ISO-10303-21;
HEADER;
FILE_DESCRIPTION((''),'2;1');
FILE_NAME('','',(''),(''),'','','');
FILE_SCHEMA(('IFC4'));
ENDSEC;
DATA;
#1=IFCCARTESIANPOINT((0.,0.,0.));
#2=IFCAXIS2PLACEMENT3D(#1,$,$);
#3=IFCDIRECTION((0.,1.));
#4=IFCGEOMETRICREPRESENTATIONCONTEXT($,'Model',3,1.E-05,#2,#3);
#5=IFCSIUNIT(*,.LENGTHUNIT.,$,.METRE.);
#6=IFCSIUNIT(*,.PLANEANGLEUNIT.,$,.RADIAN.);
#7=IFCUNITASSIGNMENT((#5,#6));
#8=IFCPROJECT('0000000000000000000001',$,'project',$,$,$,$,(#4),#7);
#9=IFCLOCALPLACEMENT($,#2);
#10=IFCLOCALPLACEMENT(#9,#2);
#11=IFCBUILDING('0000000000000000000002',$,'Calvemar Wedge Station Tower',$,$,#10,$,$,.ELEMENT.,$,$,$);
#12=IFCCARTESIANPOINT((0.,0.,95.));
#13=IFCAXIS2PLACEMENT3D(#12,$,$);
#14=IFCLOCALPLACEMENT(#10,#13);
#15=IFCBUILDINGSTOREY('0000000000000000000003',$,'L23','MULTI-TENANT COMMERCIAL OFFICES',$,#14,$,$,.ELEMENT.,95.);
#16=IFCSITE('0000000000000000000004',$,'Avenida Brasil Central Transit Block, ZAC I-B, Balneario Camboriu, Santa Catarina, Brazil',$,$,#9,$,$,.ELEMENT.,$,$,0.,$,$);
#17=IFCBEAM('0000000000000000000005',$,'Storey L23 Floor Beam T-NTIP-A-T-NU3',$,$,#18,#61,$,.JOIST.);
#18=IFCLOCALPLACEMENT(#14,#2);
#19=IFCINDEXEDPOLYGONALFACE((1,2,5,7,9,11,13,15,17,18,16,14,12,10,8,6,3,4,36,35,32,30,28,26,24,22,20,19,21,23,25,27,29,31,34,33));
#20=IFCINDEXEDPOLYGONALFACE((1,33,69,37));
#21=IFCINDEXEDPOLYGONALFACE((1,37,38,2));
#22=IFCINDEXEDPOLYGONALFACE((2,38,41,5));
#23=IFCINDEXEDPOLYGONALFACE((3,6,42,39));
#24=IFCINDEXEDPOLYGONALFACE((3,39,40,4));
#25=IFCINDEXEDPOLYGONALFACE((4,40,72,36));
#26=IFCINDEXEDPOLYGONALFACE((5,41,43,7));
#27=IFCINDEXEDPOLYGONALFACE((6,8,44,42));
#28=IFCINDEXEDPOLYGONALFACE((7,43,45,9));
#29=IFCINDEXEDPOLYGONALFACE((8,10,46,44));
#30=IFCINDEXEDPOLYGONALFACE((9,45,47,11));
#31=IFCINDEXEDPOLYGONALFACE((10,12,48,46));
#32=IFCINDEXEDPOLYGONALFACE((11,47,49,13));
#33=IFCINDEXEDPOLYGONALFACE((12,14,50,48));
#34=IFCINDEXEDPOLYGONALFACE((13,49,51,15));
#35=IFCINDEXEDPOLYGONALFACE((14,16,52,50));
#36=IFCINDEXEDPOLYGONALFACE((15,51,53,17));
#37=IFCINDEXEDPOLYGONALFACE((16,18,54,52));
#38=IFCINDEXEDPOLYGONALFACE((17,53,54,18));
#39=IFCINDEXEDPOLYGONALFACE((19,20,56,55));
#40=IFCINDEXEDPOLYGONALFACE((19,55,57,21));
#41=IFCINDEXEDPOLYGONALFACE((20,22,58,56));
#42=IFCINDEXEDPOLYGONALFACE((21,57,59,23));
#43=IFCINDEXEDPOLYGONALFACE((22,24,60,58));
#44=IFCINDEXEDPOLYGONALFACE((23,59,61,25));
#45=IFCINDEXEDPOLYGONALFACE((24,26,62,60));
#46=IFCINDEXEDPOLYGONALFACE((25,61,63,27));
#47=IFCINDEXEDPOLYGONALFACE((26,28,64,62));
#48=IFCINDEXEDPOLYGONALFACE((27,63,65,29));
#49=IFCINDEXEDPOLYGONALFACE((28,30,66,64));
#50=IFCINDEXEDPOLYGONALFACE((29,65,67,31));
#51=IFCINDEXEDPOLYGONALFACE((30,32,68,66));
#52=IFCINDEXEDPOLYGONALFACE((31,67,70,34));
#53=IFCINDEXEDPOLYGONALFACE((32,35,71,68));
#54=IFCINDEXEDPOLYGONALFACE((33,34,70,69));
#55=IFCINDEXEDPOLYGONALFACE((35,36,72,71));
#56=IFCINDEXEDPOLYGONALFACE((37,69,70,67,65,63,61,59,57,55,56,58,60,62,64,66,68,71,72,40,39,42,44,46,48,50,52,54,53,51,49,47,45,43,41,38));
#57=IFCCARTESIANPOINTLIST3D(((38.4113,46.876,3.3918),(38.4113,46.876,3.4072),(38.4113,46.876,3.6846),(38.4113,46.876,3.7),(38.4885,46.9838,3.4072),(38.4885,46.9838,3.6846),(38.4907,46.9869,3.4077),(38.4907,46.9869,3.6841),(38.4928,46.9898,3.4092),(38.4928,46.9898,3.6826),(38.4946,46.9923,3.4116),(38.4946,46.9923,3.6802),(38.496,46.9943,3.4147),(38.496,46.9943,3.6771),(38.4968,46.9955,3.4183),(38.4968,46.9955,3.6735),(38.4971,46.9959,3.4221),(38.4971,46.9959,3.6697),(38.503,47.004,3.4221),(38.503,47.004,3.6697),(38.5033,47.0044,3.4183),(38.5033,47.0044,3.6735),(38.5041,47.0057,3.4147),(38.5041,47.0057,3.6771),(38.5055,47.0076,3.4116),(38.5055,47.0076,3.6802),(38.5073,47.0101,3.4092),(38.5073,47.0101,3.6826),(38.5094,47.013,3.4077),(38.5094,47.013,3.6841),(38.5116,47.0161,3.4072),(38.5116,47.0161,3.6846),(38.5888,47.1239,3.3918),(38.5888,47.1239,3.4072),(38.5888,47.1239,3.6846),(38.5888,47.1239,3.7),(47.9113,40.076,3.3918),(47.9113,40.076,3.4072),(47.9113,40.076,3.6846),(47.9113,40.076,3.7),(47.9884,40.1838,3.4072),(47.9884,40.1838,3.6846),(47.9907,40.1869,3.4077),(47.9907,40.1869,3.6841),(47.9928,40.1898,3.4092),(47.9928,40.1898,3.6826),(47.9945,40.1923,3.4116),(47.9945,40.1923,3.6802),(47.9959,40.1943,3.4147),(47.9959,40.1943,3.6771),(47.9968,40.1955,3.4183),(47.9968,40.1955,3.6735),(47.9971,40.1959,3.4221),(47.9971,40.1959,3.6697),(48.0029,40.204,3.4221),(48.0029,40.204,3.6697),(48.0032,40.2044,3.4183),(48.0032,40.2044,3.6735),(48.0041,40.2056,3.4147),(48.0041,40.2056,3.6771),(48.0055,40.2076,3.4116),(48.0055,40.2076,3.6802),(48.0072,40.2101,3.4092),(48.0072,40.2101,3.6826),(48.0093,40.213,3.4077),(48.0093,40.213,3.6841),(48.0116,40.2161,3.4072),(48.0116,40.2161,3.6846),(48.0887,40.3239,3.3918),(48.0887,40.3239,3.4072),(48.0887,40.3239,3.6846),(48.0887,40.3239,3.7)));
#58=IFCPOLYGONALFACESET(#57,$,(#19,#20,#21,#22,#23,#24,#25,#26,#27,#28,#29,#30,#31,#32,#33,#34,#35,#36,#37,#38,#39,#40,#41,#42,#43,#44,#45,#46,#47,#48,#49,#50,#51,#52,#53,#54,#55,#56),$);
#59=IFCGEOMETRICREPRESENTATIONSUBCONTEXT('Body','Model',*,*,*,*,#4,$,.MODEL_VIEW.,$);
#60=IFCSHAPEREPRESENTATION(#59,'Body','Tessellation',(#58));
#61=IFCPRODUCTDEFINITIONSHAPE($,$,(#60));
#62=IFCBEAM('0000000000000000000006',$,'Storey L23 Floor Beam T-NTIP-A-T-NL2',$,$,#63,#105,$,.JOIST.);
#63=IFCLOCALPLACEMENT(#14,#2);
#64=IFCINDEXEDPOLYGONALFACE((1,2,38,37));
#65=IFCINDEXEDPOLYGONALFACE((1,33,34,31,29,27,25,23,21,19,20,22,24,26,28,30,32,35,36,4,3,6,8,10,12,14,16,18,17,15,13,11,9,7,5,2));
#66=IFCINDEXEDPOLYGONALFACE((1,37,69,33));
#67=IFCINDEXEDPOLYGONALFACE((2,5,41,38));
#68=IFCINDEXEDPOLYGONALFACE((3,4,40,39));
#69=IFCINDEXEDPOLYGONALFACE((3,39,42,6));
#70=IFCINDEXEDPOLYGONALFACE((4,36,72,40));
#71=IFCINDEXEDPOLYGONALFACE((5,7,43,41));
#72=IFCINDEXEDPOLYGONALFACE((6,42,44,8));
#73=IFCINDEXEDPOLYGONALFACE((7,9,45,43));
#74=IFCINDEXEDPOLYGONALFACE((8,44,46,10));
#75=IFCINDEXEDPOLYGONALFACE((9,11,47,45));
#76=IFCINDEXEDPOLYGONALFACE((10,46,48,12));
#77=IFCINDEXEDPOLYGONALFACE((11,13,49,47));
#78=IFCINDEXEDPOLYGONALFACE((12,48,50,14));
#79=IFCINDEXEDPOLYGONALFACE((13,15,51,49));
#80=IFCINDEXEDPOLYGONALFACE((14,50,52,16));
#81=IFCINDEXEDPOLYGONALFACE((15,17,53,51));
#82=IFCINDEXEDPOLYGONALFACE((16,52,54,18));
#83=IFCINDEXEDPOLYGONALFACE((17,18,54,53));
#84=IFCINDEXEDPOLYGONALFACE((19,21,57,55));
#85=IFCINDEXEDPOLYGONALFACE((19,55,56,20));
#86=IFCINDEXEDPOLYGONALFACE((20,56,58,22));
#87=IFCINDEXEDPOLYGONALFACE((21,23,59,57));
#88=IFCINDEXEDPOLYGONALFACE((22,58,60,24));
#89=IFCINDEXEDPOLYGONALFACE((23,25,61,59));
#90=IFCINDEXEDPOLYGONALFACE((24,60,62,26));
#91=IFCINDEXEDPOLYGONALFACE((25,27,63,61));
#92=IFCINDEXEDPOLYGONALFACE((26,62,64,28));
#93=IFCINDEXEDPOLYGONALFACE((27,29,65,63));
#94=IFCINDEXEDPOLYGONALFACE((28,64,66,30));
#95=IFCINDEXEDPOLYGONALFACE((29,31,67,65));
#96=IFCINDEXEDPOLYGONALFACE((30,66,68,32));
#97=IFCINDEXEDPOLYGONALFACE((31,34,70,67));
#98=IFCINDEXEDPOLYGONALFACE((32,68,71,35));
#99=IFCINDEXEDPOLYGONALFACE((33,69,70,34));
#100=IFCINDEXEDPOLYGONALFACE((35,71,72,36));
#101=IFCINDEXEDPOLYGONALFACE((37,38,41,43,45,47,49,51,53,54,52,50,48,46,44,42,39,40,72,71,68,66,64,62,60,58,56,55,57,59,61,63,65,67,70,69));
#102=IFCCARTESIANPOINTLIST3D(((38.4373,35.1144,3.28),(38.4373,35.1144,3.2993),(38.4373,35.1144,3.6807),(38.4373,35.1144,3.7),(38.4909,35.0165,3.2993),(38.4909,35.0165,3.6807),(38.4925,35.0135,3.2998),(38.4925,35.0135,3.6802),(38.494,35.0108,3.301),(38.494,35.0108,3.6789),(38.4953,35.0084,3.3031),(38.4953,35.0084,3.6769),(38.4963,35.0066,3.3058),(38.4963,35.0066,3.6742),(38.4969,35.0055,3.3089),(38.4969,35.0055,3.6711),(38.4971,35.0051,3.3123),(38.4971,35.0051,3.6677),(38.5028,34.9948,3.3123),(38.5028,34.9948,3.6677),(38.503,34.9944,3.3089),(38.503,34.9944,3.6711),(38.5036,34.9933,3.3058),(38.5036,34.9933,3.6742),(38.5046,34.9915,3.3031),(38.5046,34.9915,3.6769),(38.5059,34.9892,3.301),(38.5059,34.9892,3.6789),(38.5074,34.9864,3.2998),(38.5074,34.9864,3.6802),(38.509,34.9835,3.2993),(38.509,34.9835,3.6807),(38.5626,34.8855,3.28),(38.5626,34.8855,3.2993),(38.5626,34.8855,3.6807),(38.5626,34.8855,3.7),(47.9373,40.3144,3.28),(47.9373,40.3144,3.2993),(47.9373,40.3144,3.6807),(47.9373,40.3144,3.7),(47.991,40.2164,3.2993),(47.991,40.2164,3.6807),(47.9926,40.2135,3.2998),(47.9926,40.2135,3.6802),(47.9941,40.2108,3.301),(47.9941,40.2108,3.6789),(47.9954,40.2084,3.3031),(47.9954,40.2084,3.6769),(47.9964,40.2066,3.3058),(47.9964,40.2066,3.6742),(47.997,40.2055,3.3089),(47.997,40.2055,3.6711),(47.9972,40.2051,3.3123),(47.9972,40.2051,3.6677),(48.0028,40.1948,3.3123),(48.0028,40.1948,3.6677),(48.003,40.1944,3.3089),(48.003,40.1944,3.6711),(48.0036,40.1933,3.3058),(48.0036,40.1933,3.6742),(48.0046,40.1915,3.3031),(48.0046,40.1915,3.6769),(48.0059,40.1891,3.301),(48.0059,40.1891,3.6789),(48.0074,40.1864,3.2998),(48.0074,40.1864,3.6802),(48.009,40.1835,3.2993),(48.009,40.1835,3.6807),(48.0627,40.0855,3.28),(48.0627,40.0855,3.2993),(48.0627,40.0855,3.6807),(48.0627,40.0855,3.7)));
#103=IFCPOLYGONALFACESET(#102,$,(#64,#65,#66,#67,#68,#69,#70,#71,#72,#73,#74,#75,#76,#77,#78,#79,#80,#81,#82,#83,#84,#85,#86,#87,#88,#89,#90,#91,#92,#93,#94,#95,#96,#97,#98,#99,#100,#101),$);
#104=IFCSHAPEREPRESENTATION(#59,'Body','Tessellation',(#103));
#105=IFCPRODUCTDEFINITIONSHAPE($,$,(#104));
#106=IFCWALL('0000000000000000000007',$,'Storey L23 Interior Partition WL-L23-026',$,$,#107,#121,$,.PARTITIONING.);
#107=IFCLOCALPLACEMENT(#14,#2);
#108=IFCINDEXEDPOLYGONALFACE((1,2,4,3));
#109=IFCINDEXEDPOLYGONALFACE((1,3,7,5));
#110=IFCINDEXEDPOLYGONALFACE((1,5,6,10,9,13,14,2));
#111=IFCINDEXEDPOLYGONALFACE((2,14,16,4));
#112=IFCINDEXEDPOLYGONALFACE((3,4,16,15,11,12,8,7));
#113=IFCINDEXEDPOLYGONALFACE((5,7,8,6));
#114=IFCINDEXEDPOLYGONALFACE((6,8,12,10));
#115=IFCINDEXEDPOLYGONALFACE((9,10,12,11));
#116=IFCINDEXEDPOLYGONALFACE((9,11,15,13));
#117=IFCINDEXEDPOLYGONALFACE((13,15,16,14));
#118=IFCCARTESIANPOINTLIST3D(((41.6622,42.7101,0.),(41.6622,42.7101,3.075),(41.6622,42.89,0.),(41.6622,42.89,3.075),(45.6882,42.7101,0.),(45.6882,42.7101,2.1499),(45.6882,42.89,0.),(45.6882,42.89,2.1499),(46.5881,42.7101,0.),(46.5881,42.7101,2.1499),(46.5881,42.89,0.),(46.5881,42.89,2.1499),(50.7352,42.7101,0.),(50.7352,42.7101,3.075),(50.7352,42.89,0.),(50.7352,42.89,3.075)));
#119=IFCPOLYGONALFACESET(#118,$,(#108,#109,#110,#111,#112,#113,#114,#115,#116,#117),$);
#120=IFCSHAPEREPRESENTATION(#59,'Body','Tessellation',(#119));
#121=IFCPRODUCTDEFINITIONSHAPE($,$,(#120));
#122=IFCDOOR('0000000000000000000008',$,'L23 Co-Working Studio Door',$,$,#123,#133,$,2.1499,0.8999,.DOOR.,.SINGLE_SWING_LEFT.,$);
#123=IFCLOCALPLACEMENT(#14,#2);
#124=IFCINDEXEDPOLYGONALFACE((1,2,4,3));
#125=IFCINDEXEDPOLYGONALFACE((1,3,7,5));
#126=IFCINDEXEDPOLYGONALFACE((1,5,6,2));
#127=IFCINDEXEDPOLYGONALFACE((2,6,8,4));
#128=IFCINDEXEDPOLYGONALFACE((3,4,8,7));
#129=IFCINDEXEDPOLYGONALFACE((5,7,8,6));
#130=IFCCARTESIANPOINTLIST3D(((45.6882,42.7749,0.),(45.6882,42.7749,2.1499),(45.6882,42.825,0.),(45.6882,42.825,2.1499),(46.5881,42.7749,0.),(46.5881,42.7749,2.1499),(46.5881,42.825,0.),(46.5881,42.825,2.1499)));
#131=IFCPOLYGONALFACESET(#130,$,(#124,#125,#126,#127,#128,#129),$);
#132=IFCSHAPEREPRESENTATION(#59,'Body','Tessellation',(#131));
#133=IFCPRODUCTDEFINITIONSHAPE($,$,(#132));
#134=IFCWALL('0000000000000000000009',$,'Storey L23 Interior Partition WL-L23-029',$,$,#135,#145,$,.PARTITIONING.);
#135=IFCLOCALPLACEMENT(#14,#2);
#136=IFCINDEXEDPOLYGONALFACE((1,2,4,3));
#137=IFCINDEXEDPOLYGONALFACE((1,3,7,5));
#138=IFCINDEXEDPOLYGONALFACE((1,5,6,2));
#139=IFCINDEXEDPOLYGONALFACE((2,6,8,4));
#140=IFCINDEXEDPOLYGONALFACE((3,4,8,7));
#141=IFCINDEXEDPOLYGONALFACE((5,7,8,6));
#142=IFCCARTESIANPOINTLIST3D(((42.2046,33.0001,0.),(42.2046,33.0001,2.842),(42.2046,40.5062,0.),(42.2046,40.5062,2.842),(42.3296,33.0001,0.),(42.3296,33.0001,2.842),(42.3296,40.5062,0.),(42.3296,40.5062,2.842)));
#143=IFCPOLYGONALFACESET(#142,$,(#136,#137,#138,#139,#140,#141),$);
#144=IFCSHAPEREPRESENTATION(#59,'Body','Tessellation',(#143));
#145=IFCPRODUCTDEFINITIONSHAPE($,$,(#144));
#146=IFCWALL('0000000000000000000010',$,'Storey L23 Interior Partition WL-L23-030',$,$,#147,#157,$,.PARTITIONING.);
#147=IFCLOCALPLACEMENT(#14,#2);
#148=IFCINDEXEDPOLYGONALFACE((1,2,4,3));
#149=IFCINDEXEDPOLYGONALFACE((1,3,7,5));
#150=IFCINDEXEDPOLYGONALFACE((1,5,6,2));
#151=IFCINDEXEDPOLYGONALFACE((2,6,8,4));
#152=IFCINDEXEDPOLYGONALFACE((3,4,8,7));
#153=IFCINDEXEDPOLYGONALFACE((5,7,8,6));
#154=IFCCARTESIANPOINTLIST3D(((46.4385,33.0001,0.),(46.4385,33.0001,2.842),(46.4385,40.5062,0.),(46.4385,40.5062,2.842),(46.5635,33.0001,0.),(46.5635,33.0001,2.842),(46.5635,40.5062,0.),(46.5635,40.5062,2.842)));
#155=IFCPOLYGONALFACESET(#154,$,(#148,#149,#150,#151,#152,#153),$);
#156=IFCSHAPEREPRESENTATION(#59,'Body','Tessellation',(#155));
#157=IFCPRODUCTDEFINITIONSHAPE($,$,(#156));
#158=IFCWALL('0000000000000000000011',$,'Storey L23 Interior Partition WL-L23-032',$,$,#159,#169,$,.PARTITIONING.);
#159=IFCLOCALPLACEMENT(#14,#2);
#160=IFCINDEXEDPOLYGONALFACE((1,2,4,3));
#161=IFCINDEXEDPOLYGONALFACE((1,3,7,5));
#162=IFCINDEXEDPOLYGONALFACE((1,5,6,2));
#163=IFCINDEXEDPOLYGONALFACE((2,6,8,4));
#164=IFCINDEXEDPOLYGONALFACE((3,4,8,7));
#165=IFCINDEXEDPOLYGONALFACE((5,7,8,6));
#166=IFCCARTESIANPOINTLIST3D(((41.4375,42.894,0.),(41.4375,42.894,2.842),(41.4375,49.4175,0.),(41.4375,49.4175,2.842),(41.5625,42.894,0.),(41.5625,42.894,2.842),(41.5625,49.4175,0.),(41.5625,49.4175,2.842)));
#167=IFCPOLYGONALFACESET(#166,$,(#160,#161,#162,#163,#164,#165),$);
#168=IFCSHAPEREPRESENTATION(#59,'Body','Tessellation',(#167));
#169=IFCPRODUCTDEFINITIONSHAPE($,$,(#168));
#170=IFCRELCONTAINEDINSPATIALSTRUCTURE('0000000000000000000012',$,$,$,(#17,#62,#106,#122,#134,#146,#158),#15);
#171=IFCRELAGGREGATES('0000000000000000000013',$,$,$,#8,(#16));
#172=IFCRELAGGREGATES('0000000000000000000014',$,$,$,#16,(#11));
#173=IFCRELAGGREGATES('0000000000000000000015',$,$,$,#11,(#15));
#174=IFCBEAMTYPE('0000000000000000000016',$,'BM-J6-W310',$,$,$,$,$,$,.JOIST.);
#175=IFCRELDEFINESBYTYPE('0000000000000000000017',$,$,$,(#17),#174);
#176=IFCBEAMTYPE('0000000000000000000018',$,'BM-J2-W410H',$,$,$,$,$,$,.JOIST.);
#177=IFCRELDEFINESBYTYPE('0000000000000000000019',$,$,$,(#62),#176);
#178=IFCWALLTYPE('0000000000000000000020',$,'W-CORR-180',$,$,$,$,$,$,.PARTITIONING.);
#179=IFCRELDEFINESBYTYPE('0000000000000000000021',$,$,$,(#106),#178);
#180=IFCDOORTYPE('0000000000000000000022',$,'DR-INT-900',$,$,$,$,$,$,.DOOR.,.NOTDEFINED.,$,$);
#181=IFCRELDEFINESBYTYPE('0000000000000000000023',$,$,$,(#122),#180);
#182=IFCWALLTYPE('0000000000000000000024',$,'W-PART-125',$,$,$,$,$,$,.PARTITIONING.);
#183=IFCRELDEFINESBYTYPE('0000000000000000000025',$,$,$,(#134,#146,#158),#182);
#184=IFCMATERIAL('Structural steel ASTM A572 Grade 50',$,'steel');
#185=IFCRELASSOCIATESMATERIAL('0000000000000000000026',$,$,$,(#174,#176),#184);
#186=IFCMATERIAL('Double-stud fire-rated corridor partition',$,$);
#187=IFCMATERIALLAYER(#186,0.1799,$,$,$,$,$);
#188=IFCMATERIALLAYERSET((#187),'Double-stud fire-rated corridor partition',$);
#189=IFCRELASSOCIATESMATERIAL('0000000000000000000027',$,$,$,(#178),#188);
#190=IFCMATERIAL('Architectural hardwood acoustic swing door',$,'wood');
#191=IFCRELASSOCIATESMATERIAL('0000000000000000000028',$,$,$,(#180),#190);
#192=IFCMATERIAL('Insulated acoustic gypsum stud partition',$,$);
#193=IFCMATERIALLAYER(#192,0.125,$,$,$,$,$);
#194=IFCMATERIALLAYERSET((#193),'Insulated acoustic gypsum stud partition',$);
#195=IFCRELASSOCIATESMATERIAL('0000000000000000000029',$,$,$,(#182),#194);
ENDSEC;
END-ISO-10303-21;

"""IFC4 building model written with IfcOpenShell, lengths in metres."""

from ifc_helpers import new_model, si_unit, direction, frame, frame_2d, origin, origin_2d, place, context, subcontext, project, spatial, rectangle, i_section, extrude, source, transform, mapped, material, layer, layer_set, material_profile, profile_set, type_object, element, fill, save


model = new_model("IFC4")

# Units and contexts
model_context = context("Model", 3, precision=1e-05, world=origin(), true_north=direction((0.0, 1.0)))
body_context = subcontext(model_context, "Body", "Model", "MODEL_VIEW")
ifc_project = project(units=[si_unit("LENGTHUNIT", "METRE"), si_unit("PLANEANGLEUNIT", "RADIAN")], contexts=[model_context])

# Site, building, storey
site_placement = place(None, origin())
site = spatial("IfcSite", under=ifc_project, at=site_placement, Name="Avenida Brasil Central Transit Block, ZAC I-B, Balneario Camboriu, Santa Catarina, Brazil", CompositionType="ELEMENT", RefElevation=0.0)
building_placement = place(site_placement, origin())
building = spatial("IfcBuilding", under=site, at=building_placement, Name="Calvemar Wedge Station Tower", CompositionType="ELEMENT")
storey_placement = place(building_placement, frame((0.0, 0.0, 95.0)))
storey = spatial("IfcBuildingStorey", under=building, at=storey_placement, Name="L23", Description="MULTI-TENANT COMMERCIAL OFFICES", CompositionType="ELEMENT", Elevation=95.0)

# Shared definitions
ifc_material_1 = material(Name="Structural steel ASTM A572 Grade 50", Category="steel")

# Beams
ifc_material_profile_1 = material_profile(ifc_material_1, i_section(OverallWidth=0.3049, OverallDepth=0.3081, WebThickness=0.01, FlangeThickness=0.0154, FilletRadius=0.0149, at=origin_2d()), Name="W310x97")
ifc_profile_set_1 = profile_set([ifc_material_profile_1], Name="Structural steel ASTM A572 Grade 50")
beam_type_1 = type_object("IfcBeamType", Name="BM-J6-W310", PredefinedType="JOIST", material=ifc_profile_set_1)
shared_shape_1 = source(origin(), body_context, "Body", "SweptSolid", [
    extrude(i_section(OverallWidth=0.3049, OverallDepth=0.3081, WebThickness=0.01, FlangeThickness=0.0154, FilletRadius=0.0149, at=origin_2d()), origin(), (0.0, 0.0, 1.0), 11.6829),
])
beam_1_placement = place(storey_placement, frame((48.0, 40.2, 3.5459), z_axis=(-0.813153, 0.58205, 0.0), x_axis=(-0.58205, -0.813153, 0.0)))
element("IfcBeam", 1, at=beam_1_placement, inside=storey, type_object=beam_type_1, Name="Storey L23 Floor Beam T-NTIP-A-T-NU3", PredefinedType="JOIST", context=body_context, shape_type="MappedRepresentation", body=[
    mapped(shared_shape_1, transform((0.0, 0.0, 0.0), scale=1.0)),
])
ifc_material_profile_2 = material_profile(ifc_material_1, i_section(OverallWidth=0.261, OverallDepth=0.4199, WebThickness=0.0117, FlangeThickness=0.0193, FilletRadius=0.0129, at=origin_2d()), Name="W410x114")
ifc_profile_set_2 = profile_set([ifc_material_profile_2], Name="Structural steel ASTM A572 Grade 50")
beam_type_2 = type_object("IfcBeamType", Name="BM-J2-W410H", PredefinedType="JOIST", material=ifc_profile_set_2)
shared_shape_2 = source(origin(), body_context, "Body", "SweptSolid", [
    extrude(i_section(OverallWidth=0.261, OverallDepth=0.4199, WebThickness=0.0117, FlangeThickness=0.0193, FilletRadius=0.0129, at=origin_2d()), origin(), (0.0, 0.0, 1.0), 10.8301),
])
beam_2_placement = place(storey_placement, frame((48.0, 40.2, 3.49), z_axis=(-0.877191, -0.480142, 0.0), x_axis=(0.480142, -0.877191, 0.0)))
element("IfcBeam", 2, at=beam_2_placement, inside=storey, type_object=beam_type_2, Name="Storey L23 Floor Beam T-NTIP-A-T-NL2", PredefinedType="JOIST", context=body_context, shape_type="MappedRepresentation", body=[
    mapped(shared_shape_2, transform((0.0, 0.0, 0.0), scale=1.0)),
])

# Wall, opening, door
ifc_material_2 = material(Name="Double-stud fire-rated corridor partition")
ifc_layer_1 = layer(ifc_material_2, 0.1799)
ifc_layer_set_1 = layer_set([ifc_layer_1], Name="Double-stud fire-rated corridor partition")
wall_type_1 = type_object("IfcWallType", Name="W-CORR-180", PredefinedType="PARTITIONING", material=ifc_layer_set_1)
shared_shape_3 = source(origin(), body_context, "Body", "SweptSolid", [
    extrude(rectangle(XDim=0.8999, YDim=2.1499, at=frame_2d((0.45, 1.075))), frame((0.0, 0.1001, 0.0), z_axis=(0.0, -1.0, 0.0), x_axis=(1.0, 0.0, 0.0)), (0.0, 0.0, 1.0), 0.2),
])
ifc_material_3 = material(Name="Architectural hardwood acoustic swing door", Category="wood")
door_type = type_object("IfcDoorType", Name="DR-INT-900", OperationType="NOTDEFINED", PredefinedType="DOOR", material=ifc_material_3)
shared_shape_4 = source(origin(), body_context, "Body", "SweptSolid", [
    extrude(rectangle(XDim=0.8999, YDim=2.1499, at=frame_2d((0.45, 1.075))), frame((0.0, 0.0249, 0.0), z_axis=(0.0, -1.0, 0.0), x_axis=(1.0, 0.0, 0.0)), (0.0, 0.0, 1.0), 0.05),
])
wall_1_placement = place(storey_placement, frame((41.6621, 42.8, 0.0), z_axis=(0.0, 0.0, 1.0), x_axis=(1.0, 0.0, 0.0)))
wall_1 = element("IfcWall", 3, at=wall_1_placement, inside=storey, type_object=wall_type_1, Name="Storey L23 Interior Partition WL-L23-026", PredefinedType="PARTITIONING", context=body_context, shape_type="SweptSolid", body=[
    extrude(rectangle(XDim=9.073, YDim=0.1799, at=frame_2d((4.5366, 0.0))), origin(), (0.0, 0.0, 1.0), 3.075),
])
opening_1_placement = place(wall_1_placement, frame((4.0261, 0.0, 0.0)))
opening_1 = element("IfcOpeningElement", 4, at=opening_1_placement, cuts=wall_1, PredefinedType="OPENING", context=body_context, shape_type="MappedRepresentation", body=[
    mapped(shared_shape_3, transform((0.0, 0.0, 0.0), scale=1.0)),
])
door_1_placement = place(opening_1_placement, origin())
door_1 = element("IfcDoor", 5, at=door_1_placement, inside=storey, type_object=door_type, Name="L23 Co-Working Studio Door", OperationType="SINGLE_SWING_LEFT", OverallHeight=2.1499, OverallWidth=0.8999, PredefinedType="DOOR", context=body_context, shape_type="MappedRepresentation", body=[
    mapped(shared_shape_4, transform((0.0, 0.0, 0.0), scale=1.0)),
])
fill(opening_1, door_1)

# Walls
ifc_material_4 = material(Name="Insulated acoustic gypsum stud partition")
ifc_layer_2 = layer(ifc_material_4, 0.125)
ifc_layer_set_2 = layer_set([ifc_layer_2], Name="Insulated acoustic gypsum stud partition")
wall_type_2 = type_object("IfcWallType", Name="W-PART-125", PredefinedType="PARTITIONING", material=ifc_layer_set_2)
for number, where, z_axis, x_axis, name in (
    (6, (42.2671, 40.5061, 0.0), (0.0, 0.0, 1.0), (0.0, -1.0, 0.0), "Storey L23 Interior Partition WL-L23-029"),
    (7, (46.501, 40.5061, 0.0), (0.0, 0.0, 1.0), (0.0, -1.0, 0.0), "Storey L23 Interior Partition WL-L23-030"),
):
    element("IfcWall", number, at=place(storey_placement, frame(where, z_axis=z_axis, x_axis=x_axis)), inside=storey, type_object=wall_type_2, Name=name, PredefinedType="PARTITIONING", context=body_context, shape_type="SweptSolid", body=[
        extrude(rectangle(XDim=7.5061, YDim=0.125, at=frame_2d((3.7529, 0.0))), origin(), (0.0, 0.0, 1.0), 2.842),
    ])
wall_2_placement = place(storey_placement, frame((41.5, 49.4175, 0.0), z_axis=(0.0, 0.0, 1.0), x_axis=(0.0, -1.0, 0.0)))
element("IfcWall", 8, at=wall_2_placement, inside=storey, type_object=wall_type_2, Name="Storey L23 Interior Partition WL-L23-032", PredefinedType="PARTITIONING", context=body_context, shape_type="SweptSolid", body=[
    extrude(rectangle(XDim=6.5234, YDim=0.125, at=frame_2d((3.2617, 0.0))), origin(), (0.0, 0.0, 1.0), 2.842),
])

save(model, "model.ifc")
